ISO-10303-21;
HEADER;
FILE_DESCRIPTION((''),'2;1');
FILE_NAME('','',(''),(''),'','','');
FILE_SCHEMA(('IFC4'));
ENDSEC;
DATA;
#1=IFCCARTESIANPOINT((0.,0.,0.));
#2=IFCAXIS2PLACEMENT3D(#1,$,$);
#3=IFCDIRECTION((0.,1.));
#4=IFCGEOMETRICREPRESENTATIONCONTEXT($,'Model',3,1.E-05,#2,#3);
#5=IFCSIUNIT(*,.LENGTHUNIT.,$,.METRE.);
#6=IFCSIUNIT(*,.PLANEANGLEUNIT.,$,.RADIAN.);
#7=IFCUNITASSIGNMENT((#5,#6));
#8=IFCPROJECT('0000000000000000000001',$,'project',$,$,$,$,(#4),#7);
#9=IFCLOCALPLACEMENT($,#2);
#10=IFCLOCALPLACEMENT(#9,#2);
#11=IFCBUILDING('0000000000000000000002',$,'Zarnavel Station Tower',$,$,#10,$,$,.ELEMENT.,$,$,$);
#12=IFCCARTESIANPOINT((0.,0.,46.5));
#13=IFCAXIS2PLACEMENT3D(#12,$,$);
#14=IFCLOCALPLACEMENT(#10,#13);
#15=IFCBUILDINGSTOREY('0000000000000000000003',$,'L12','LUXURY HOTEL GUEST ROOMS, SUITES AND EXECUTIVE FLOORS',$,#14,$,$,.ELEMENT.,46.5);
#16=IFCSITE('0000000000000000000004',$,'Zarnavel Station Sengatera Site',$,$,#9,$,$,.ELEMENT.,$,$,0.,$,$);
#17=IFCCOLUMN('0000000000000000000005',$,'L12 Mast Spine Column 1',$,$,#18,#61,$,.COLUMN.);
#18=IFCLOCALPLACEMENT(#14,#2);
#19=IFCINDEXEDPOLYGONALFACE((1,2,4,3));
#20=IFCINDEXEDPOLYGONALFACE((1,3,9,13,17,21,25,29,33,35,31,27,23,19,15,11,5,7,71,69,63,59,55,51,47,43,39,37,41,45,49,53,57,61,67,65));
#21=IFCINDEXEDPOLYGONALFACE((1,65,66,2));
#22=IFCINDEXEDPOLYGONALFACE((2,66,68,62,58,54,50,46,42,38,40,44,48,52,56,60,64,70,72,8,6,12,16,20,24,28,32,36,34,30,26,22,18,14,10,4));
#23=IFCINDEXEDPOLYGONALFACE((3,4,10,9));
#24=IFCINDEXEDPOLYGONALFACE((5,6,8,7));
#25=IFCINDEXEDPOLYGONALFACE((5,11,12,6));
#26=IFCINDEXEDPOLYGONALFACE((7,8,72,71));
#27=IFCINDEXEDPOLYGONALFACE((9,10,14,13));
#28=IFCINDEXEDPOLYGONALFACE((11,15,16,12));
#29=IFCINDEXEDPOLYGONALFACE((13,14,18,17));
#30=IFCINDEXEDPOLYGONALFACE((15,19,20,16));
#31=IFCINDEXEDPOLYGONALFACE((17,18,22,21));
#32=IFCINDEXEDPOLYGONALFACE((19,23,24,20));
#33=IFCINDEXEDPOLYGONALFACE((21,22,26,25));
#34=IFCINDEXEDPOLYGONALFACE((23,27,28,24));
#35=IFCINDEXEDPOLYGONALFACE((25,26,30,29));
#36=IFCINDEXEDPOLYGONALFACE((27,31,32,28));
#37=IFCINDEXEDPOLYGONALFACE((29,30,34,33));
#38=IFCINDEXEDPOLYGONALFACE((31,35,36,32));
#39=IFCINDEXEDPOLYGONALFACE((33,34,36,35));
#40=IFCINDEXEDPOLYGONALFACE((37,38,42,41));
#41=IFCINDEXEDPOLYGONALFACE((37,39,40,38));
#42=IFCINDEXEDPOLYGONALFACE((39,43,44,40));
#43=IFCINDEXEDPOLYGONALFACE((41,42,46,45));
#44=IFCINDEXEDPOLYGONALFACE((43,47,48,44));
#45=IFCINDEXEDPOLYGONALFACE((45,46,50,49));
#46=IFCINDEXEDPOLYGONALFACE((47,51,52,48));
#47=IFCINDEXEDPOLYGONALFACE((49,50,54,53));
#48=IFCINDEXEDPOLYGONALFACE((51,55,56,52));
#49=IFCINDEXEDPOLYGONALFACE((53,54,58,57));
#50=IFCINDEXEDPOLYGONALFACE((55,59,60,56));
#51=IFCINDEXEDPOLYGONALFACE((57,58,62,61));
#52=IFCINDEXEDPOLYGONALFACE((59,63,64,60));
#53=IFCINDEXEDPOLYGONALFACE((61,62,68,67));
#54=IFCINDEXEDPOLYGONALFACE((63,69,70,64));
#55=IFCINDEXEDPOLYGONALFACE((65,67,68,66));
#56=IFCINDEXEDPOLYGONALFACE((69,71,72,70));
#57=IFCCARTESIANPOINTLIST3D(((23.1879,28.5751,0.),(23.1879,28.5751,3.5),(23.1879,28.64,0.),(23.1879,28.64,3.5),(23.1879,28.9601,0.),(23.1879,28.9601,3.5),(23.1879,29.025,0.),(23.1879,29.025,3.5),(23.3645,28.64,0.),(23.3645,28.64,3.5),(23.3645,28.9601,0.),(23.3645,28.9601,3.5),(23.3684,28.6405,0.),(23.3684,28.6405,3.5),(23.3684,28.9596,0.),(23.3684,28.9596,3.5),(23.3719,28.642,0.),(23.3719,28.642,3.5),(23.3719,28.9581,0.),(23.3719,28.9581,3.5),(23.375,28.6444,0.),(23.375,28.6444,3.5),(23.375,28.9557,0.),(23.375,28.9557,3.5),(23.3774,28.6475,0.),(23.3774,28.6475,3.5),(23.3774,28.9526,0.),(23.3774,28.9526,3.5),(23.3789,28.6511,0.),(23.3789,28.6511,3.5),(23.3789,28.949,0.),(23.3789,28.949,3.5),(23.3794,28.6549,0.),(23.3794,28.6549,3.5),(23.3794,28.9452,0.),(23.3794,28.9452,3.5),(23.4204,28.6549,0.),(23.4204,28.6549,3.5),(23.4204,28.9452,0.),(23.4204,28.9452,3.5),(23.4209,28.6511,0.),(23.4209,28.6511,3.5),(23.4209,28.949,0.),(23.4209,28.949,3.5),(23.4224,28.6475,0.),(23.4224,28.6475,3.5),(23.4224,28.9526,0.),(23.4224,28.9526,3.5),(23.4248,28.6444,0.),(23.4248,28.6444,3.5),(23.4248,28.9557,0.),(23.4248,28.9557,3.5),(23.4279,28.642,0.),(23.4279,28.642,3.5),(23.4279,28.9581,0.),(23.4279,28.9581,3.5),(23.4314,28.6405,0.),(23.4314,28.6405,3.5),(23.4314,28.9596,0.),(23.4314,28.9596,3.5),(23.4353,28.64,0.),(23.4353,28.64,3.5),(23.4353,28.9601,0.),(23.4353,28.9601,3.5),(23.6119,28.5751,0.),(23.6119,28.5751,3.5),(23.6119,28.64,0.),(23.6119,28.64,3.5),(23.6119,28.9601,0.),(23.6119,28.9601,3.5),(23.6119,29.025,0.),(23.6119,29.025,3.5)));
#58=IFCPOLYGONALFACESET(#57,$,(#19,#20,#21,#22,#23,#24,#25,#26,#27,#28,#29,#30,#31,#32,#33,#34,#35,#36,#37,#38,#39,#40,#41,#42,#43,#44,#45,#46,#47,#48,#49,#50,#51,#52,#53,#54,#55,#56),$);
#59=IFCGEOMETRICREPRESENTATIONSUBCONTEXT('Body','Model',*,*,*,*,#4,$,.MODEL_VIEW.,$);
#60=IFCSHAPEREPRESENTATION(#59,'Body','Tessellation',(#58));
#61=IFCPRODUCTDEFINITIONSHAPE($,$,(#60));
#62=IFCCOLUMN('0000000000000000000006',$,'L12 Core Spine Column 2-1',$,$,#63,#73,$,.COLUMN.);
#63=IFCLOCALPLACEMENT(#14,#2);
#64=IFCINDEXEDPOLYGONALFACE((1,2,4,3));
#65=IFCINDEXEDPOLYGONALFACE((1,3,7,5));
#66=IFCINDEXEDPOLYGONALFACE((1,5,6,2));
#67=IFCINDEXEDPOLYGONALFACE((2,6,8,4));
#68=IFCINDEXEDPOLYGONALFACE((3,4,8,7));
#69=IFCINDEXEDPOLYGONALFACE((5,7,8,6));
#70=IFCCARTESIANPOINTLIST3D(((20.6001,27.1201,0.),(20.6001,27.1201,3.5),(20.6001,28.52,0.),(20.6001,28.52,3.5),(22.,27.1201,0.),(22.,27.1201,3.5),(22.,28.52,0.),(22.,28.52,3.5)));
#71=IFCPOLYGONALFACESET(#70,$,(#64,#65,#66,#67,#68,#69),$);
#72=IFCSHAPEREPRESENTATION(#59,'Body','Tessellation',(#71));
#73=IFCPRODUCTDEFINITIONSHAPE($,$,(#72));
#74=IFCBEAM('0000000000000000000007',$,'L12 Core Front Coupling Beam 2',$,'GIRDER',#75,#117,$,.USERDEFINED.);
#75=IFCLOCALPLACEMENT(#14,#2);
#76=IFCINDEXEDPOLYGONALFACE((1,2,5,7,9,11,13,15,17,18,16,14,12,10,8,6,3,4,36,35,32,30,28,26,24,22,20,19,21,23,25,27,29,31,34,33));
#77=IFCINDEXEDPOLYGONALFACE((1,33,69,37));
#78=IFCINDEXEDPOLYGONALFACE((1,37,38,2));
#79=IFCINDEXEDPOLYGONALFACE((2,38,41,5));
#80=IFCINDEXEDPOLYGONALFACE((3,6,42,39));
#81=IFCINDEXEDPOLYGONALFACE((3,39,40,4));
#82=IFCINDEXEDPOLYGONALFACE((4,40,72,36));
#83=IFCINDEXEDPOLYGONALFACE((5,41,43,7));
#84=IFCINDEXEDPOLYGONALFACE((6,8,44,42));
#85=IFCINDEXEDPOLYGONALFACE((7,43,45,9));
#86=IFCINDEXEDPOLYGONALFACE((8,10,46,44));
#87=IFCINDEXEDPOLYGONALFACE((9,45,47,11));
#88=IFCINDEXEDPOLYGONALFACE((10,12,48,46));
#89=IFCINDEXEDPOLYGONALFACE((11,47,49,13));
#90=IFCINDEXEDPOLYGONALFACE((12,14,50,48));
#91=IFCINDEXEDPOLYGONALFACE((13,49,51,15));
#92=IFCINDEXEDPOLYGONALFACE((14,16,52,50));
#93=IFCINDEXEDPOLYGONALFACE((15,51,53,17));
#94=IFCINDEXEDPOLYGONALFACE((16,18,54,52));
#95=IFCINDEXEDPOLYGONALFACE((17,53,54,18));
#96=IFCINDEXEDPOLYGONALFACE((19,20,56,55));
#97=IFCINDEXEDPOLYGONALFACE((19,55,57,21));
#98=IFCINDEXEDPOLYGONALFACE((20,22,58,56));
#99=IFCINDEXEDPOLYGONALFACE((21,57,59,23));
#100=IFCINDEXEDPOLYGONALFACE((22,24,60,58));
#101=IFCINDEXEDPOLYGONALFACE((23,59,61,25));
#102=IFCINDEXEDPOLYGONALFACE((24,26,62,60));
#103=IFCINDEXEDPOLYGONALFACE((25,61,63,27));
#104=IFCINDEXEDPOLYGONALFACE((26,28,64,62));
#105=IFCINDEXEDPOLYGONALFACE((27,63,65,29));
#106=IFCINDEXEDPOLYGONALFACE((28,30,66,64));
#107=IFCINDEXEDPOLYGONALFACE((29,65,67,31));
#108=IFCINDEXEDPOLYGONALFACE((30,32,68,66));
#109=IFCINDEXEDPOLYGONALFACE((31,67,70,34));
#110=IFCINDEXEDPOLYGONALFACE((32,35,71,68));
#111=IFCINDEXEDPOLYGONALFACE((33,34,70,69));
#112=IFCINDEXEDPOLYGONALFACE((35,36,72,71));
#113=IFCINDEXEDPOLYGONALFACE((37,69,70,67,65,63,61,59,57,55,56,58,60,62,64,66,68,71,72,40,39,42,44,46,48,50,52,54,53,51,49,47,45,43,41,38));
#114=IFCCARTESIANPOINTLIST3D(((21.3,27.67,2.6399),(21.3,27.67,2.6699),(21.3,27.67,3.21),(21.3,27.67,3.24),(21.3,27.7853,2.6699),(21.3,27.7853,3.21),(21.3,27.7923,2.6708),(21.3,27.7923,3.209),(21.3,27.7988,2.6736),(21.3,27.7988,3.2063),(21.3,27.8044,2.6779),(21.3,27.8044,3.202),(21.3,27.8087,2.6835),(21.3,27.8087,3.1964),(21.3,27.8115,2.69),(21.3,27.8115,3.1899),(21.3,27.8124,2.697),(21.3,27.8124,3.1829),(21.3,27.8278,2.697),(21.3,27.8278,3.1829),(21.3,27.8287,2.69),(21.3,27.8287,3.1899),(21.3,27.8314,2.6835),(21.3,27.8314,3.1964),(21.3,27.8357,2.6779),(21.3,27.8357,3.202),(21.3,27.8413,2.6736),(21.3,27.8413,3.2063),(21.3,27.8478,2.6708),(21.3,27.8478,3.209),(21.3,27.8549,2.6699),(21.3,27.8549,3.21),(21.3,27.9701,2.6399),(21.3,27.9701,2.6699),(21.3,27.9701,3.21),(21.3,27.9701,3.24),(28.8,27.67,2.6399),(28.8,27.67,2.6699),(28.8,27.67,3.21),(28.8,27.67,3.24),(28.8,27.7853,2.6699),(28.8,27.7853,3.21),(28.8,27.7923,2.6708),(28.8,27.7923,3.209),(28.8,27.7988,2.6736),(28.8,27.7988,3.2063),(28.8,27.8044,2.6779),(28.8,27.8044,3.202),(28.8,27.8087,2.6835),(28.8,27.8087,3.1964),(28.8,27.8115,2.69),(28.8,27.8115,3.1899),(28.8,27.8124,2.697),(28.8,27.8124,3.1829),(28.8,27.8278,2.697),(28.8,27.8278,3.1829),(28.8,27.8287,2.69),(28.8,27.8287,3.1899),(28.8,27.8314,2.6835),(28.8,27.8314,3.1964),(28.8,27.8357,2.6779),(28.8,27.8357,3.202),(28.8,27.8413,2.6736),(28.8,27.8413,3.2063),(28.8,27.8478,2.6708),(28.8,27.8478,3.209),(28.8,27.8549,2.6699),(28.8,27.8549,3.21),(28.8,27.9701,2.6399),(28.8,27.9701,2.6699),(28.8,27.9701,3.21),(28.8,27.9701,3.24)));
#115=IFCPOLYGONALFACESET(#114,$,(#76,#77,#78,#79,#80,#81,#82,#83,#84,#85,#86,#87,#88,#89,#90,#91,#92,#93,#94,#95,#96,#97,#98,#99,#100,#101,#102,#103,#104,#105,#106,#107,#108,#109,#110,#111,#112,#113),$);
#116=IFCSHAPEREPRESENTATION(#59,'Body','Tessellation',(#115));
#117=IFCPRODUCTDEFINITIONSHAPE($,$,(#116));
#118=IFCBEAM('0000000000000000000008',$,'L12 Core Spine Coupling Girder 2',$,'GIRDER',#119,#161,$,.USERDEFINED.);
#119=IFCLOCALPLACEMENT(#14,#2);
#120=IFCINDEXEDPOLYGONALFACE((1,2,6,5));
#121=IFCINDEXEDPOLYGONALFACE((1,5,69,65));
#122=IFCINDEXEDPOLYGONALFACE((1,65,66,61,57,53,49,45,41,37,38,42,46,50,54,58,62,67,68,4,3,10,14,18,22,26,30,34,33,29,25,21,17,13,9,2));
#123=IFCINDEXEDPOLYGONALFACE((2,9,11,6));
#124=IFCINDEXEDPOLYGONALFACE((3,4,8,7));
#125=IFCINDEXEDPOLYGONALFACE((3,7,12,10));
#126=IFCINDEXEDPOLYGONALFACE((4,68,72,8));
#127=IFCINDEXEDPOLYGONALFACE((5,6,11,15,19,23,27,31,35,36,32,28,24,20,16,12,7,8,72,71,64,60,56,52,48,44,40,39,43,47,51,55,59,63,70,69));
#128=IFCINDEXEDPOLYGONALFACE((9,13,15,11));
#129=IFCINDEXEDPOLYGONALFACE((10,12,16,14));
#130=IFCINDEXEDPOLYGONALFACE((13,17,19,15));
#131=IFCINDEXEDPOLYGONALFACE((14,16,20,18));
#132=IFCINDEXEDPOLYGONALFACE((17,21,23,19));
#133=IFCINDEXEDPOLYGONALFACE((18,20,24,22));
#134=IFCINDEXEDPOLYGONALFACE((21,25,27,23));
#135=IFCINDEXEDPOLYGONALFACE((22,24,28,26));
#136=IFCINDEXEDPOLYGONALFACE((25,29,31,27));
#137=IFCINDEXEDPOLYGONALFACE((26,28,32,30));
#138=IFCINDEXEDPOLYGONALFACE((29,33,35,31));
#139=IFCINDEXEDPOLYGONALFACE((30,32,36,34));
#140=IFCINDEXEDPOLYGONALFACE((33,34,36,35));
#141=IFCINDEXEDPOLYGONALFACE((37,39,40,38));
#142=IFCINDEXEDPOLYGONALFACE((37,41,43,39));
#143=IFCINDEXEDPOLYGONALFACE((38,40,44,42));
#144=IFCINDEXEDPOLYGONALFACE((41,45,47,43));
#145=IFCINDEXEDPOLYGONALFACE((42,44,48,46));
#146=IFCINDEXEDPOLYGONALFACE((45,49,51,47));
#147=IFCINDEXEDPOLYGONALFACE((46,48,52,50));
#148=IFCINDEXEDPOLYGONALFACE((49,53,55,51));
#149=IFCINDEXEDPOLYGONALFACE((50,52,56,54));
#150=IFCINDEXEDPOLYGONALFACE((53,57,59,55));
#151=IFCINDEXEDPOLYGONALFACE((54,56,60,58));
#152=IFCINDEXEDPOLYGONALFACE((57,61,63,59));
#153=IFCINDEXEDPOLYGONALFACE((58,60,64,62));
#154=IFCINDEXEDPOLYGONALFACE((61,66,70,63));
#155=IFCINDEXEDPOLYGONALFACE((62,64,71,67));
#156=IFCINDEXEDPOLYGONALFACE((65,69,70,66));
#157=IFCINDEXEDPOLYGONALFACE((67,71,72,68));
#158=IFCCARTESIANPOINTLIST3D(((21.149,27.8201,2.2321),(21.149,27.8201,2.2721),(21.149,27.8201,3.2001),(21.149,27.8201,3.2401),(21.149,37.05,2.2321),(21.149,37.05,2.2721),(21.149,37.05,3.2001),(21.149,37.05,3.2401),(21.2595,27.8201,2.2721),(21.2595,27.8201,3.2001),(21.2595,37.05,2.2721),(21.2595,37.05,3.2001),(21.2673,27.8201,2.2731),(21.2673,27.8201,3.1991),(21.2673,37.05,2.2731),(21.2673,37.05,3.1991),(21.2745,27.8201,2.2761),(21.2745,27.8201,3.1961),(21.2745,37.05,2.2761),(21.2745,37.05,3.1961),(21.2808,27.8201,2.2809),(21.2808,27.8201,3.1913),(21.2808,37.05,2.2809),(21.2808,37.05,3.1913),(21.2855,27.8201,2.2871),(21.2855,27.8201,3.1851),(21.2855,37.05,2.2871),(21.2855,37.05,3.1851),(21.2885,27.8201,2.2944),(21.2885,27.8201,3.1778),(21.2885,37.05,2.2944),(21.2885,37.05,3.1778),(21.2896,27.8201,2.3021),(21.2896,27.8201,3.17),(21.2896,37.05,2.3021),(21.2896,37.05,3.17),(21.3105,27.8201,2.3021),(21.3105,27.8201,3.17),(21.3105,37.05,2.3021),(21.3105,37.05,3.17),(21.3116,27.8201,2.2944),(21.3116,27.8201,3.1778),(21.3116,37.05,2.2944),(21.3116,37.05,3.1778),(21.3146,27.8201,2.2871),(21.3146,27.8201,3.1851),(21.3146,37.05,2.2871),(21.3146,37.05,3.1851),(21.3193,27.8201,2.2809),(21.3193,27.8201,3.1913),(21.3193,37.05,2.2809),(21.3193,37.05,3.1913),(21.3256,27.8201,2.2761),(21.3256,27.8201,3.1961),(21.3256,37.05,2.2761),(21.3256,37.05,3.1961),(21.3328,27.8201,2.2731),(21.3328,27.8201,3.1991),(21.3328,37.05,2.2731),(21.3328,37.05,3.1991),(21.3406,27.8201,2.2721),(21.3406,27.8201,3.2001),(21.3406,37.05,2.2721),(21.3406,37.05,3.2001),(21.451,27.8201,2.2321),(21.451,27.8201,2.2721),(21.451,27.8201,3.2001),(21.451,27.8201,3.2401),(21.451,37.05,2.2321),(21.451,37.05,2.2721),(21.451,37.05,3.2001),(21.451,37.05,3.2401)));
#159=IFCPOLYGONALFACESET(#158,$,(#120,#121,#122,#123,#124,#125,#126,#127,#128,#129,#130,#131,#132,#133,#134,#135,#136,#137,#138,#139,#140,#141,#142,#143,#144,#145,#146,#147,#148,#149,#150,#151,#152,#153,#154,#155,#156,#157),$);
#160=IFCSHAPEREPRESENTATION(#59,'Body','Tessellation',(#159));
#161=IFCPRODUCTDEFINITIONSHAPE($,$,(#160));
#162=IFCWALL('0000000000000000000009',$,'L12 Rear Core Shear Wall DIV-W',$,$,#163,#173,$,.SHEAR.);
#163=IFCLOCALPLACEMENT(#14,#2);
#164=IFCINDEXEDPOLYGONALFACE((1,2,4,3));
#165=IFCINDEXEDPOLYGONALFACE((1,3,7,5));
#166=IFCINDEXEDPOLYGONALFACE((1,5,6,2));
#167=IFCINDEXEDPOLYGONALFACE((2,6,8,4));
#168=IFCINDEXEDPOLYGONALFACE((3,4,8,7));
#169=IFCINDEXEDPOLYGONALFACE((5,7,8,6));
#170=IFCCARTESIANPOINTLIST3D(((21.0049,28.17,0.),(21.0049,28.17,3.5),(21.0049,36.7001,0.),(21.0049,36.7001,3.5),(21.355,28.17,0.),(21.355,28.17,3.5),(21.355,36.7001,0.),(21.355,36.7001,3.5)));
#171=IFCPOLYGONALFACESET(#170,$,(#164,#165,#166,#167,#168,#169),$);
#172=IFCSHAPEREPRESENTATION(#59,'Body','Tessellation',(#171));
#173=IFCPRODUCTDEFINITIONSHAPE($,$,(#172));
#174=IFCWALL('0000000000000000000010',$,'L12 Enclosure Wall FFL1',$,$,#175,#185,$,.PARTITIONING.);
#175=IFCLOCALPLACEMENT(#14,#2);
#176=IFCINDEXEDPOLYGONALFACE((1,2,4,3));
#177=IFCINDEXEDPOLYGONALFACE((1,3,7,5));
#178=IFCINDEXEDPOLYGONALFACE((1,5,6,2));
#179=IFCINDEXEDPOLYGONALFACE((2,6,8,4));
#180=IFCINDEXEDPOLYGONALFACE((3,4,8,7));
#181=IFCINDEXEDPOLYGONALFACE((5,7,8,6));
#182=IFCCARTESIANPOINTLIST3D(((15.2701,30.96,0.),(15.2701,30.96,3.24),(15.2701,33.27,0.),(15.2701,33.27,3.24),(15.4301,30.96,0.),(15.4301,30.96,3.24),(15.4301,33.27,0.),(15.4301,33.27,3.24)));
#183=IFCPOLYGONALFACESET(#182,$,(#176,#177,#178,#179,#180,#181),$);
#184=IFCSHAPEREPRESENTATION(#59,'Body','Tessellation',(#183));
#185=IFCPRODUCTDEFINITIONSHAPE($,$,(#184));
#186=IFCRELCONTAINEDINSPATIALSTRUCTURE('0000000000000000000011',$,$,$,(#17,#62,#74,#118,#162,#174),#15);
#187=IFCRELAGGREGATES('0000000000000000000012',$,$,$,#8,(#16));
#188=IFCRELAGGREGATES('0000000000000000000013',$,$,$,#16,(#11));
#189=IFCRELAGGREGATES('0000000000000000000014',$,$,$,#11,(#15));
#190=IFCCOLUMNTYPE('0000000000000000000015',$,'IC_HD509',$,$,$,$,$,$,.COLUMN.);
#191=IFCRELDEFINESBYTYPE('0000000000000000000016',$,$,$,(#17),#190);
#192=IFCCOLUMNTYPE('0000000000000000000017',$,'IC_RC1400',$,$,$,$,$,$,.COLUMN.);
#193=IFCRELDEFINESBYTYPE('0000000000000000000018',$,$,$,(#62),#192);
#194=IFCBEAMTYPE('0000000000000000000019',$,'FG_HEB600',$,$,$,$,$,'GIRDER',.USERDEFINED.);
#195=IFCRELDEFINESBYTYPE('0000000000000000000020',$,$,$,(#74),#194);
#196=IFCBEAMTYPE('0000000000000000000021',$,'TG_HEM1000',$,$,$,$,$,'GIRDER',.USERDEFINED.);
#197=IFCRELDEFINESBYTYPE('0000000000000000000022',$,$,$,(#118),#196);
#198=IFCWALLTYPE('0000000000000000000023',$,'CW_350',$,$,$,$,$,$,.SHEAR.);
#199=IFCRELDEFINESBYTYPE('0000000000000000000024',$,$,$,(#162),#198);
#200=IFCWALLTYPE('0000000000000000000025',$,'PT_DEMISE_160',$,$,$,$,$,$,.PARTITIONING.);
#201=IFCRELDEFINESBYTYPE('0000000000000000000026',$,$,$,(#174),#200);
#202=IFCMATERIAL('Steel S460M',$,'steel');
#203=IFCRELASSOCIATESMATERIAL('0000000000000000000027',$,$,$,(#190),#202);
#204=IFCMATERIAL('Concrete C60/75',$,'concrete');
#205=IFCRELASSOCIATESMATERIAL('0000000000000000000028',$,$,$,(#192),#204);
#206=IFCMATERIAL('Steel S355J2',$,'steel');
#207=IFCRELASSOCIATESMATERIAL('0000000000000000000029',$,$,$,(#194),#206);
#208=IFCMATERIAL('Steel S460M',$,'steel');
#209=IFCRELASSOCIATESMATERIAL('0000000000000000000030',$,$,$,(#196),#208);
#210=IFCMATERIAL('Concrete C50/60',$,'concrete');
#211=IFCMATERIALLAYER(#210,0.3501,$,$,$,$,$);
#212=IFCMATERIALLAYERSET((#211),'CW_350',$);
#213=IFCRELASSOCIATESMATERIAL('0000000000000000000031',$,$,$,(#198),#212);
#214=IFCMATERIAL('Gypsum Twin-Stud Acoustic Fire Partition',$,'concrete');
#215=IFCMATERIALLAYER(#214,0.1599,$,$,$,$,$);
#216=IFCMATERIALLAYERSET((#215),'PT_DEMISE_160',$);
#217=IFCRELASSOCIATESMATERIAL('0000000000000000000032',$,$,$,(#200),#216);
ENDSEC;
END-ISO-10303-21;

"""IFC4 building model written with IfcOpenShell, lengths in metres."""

from ifc_helpers import new_model, si_unit, direction, frame, frame_2d, origin, origin_2d, place, context, subcontext, project, spatial, rectangle, i_section, extrude, material, layer, layer_set, material_profile, profile_set, type_object, element, save


model = new_model("IFC4")

# Units and contexts
model_context = context("Model", 3, precision=1e-05, world=origin(), true_north=direction((0.0, 1.0)))
body_context = subcontext(model_context, "Body", "Model", "MODEL_VIEW")
ifc_project = project(units=[si_unit("LENGTHUNIT", "METRE"), si_unit("PLANEANGLEUNIT", "RADIAN")], contexts=[model_context])

# Site, building, storey
site_placement = place(None, origin())
site = spatial("IfcSite", under=ifc_project, at=site_placement, Name="Zarnavel Station Sengatera Site", CompositionType="ELEMENT", RefElevation=0.0)
building_placement = place(site_placement, origin())
building = spatial("IfcBuilding", under=site, at=building_placement, Name="Zarnavel Station Tower", CompositionType="ELEMENT")
storey_placement = place(building_placement, frame((0.0, 0.0, 46.5)))
storey = spatial("IfcBuildingStorey", under=building, at=storey_placement, Name="L12", Description="LUXURY HOTEL GUEST ROOMS, SUITES AND EXECUTIVE FLOORS", CompositionType="ELEMENT", Elevation=46.5)

# Columns
ifc_material_1 = material(Name="Steel S460M", Category="steel")
ifc_material_profile_1 = material_profile(ifc_material_1, i_section(OverallWidth=0.4241, OverallDepth=0.45, WebThickness=0.041, FlangeThickness=0.0649, FilletRadius=0.0149, at=origin_2d()), Name="HD400x509")
ifc_profile_set_1 = profile_set([ifc_material_profile_1], Name="Steel S460M")
column_type_1 = type_object("IfcColumnType", Name="IC_HD509", PredefinedType="COLUMN", material=ifc_profile_set_1)
column_1_placement = place(storey_placement, frame((23.3999, 28.8, 0.0), z_axis=(0.0, 0.0, 1.0), x_axis=(1.0, 0.0, 0.0)))
element("IfcColumn", 1, at=column_1_placement, inside=storey, type_object=column_type_1, Name="L12 Mast Spine Column 1", PredefinedType="COLUMN", context=body_context, shape_type="SweptSolid", body=[
    extrude(i_section(OverallWidth=0.4241, OverallDepth=0.45, WebThickness=0.041, FlangeThickness=0.0649, FilletRadius=0.0149, at=origin_2d()), origin(), (0.0, 0.0, 1.0), 3.5),
])
ifc_material_2 = material(Name="Concrete C60/75", Category="concrete")
ifc_material_profile_2 = material_profile(ifc_material_2, rectangle(XDim=1.3999, YDim=1.3999, at=origin_2d()), Name="RC1400x1400")
ifc_profile_set_2 = profile_set([ifc_material_profile_2], Name="Concrete C60/75")
column_type_2 = type_object("IfcColumnType", Name="IC_RC1400", PredefinedType="COLUMN", material=ifc_profile_set_2)
column_2_placement = place(storey_placement, frame((21.3, 27.8201, 0.0), z_axis=(0.0, 0.0, 1.0), x_axis=(1.0, 0.0, 0.0)))
element("IfcColumn", 2, at=column_2_placement, inside=storey, type_object=column_type_2, Name="L12 Core Spine Column 2-1", PredefinedType="COLUMN", context=body_context, shape_type="SweptSolid", body=[
    extrude(rectangle(XDim=1.3999, YDim=1.3999, at=origin_2d()), origin(), (0.0, 0.0, 1.0), 3.5),
])

# Beams
ifc_material_3 = material(Name="Steel S355J2", Category="steel")
ifc_material_profile_3 = material_profile(ifc_material_3, i_section(OverallWidth=0.3, OverallDepth=0.6001, WebThickness=0.0154, FlangeThickness=0.03, FilletRadius=0.0271, at=origin_2d()), Name="HEB600")
ifc_profile_set_3 = profile_set([ifc_material_profile_3], Name="Steel S355J2")
beam_type_1 = type_object("IfcBeamType", Name="FG_HEB600", ElementType="GIRDER", PredefinedType="USERDEFINED", material=ifc_profile_set_3)
beam_1_placement = place(storey_placement, frame((21.3, 27.8201, 2.9399), z_axis=(1.0, 0.0, 0.0), x_axis=(0.0, 1.0, 0.0)))
element("IfcBeam", 3, at=beam_1_placement, inside=storey, type_object=beam_type_1, Name="L12 Core Front Coupling Beam 2", ObjectType="GIRDER", PredefinedType="USERDEFINED", context=body_context, shape_type="SweptSolid", body=[
    extrude(i_section(OverallWidth=0.3, OverallDepth=0.6001, WebThickness=0.0154, FlangeThickness=0.03, FilletRadius=0.0271, at=origin_2d()), origin(), (0.0, 0.0, 1.0), 7.5),
])
ifc_material_4 = material(Name="Steel S460M", Category="steel")
ifc_material_profile_4 = material_profile(ifc_material_4, i_section(OverallWidth=0.302, OverallDepth=1.0081, WebThickness=0.021, FlangeThickness=0.04, FilletRadius=0.03, at=origin_2d()), Name="HEM1000")
ifc_profile_set_4 = profile_set([ifc_material_profile_4], Name="Steel S460M")
beam_type_2 = type_object("IfcBeamType", Name="TG_HEM1000", ElementType="GIRDER", PredefinedType="USERDEFINED", material=ifc_profile_set_4)
beam_2_placement = place(storey_placement, frame((21.3, 27.8201, 2.7361), z_axis=(0.0, 1.0, 0.0), x_axis=(-1.0, 0.0, 0.0)))
element("IfcBeam", 4, at=beam_2_placement, inside=storey, type_object=beam_type_2, Name="L12 Core Spine Coupling Girder 2", ObjectType="GIRDER", PredefinedType="USERDEFINED", context=body_context, shape_type="SweptSolid", body=[
    extrude(i_section(OverallWidth=0.302, OverallDepth=1.0081, WebThickness=0.021, FlangeThickness=0.04, FilletRadius=0.03, at=origin_2d()), origin(), (0.0, 0.0, 1.0), 9.23),
])

# Wall
ifc_material_5 = material(Name="Concrete C50/60", Category="concrete")
ifc_layer_1 = layer(ifc_material_5, 0.3501)
ifc_layer_set_1 = layer_set([ifc_layer_1], Name="CW_350")
wall_type_1 = type_object("IfcWallType", Name="CW_350", PredefinedType="SHEAR", material=ifc_layer_set_1)
wall_1_placement = place(storey_placement, frame((21.1799, 28.1699, 0.0), z_axis=(0.0, 0.0, 1.0), x_axis=(0.0, 1.0, 0.0)))
element("IfcWall", 5, at=wall_1_placement, inside=storey, type_object=wall_type_1, Name="L12 Rear Core Shear Wall DIV-W", PredefinedType="SHEAR", context=body_context, shape_type="SweptSolid", body=[
    extrude(rectangle(XDim=8.53, YDim=0.3501, at=frame_2d((4.2651, 0.0))), origin(), (0.0, 0.0, 1.0), 3.5),
])

# Wall
ifc_material_6 = material(Name="Gypsum Twin-Stud Acoustic Fire Partition", Category="concrete")
ifc_layer_2 = layer(ifc_material_6, 0.1599)
ifc_layer_set_2 = layer_set([ifc_layer_2], Name="PT_DEMISE_160")
wall_type_2 = type_object("IfcWallType", Name="PT_DEMISE_160", PredefinedType="PARTITIONING", material=ifc_layer_set_2)
wall_2_placement = place(storey_placement, frame((15.3501, 30.96, 0.0), z_axis=(0.0, 0.0, 1.0), x_axis=(0.0, 1.0, 0.0)))
element("IfcWall", 6, at=wall_2_placement, inside=storey, type_object=wall_type_2, Name="L12 Enclosure Wall FFL1", PredefinedType="PARTITIONING", context=body_context, shape_type="SweptSolid", body=[
    extrude(rectangle(XDim=2.3101, YDim=0.1599, at=frame_2d((1.155, 0.0))), origin(), (0.0, 0.0, 1.0), 3.24),
])

save(model, "model.ifc")
